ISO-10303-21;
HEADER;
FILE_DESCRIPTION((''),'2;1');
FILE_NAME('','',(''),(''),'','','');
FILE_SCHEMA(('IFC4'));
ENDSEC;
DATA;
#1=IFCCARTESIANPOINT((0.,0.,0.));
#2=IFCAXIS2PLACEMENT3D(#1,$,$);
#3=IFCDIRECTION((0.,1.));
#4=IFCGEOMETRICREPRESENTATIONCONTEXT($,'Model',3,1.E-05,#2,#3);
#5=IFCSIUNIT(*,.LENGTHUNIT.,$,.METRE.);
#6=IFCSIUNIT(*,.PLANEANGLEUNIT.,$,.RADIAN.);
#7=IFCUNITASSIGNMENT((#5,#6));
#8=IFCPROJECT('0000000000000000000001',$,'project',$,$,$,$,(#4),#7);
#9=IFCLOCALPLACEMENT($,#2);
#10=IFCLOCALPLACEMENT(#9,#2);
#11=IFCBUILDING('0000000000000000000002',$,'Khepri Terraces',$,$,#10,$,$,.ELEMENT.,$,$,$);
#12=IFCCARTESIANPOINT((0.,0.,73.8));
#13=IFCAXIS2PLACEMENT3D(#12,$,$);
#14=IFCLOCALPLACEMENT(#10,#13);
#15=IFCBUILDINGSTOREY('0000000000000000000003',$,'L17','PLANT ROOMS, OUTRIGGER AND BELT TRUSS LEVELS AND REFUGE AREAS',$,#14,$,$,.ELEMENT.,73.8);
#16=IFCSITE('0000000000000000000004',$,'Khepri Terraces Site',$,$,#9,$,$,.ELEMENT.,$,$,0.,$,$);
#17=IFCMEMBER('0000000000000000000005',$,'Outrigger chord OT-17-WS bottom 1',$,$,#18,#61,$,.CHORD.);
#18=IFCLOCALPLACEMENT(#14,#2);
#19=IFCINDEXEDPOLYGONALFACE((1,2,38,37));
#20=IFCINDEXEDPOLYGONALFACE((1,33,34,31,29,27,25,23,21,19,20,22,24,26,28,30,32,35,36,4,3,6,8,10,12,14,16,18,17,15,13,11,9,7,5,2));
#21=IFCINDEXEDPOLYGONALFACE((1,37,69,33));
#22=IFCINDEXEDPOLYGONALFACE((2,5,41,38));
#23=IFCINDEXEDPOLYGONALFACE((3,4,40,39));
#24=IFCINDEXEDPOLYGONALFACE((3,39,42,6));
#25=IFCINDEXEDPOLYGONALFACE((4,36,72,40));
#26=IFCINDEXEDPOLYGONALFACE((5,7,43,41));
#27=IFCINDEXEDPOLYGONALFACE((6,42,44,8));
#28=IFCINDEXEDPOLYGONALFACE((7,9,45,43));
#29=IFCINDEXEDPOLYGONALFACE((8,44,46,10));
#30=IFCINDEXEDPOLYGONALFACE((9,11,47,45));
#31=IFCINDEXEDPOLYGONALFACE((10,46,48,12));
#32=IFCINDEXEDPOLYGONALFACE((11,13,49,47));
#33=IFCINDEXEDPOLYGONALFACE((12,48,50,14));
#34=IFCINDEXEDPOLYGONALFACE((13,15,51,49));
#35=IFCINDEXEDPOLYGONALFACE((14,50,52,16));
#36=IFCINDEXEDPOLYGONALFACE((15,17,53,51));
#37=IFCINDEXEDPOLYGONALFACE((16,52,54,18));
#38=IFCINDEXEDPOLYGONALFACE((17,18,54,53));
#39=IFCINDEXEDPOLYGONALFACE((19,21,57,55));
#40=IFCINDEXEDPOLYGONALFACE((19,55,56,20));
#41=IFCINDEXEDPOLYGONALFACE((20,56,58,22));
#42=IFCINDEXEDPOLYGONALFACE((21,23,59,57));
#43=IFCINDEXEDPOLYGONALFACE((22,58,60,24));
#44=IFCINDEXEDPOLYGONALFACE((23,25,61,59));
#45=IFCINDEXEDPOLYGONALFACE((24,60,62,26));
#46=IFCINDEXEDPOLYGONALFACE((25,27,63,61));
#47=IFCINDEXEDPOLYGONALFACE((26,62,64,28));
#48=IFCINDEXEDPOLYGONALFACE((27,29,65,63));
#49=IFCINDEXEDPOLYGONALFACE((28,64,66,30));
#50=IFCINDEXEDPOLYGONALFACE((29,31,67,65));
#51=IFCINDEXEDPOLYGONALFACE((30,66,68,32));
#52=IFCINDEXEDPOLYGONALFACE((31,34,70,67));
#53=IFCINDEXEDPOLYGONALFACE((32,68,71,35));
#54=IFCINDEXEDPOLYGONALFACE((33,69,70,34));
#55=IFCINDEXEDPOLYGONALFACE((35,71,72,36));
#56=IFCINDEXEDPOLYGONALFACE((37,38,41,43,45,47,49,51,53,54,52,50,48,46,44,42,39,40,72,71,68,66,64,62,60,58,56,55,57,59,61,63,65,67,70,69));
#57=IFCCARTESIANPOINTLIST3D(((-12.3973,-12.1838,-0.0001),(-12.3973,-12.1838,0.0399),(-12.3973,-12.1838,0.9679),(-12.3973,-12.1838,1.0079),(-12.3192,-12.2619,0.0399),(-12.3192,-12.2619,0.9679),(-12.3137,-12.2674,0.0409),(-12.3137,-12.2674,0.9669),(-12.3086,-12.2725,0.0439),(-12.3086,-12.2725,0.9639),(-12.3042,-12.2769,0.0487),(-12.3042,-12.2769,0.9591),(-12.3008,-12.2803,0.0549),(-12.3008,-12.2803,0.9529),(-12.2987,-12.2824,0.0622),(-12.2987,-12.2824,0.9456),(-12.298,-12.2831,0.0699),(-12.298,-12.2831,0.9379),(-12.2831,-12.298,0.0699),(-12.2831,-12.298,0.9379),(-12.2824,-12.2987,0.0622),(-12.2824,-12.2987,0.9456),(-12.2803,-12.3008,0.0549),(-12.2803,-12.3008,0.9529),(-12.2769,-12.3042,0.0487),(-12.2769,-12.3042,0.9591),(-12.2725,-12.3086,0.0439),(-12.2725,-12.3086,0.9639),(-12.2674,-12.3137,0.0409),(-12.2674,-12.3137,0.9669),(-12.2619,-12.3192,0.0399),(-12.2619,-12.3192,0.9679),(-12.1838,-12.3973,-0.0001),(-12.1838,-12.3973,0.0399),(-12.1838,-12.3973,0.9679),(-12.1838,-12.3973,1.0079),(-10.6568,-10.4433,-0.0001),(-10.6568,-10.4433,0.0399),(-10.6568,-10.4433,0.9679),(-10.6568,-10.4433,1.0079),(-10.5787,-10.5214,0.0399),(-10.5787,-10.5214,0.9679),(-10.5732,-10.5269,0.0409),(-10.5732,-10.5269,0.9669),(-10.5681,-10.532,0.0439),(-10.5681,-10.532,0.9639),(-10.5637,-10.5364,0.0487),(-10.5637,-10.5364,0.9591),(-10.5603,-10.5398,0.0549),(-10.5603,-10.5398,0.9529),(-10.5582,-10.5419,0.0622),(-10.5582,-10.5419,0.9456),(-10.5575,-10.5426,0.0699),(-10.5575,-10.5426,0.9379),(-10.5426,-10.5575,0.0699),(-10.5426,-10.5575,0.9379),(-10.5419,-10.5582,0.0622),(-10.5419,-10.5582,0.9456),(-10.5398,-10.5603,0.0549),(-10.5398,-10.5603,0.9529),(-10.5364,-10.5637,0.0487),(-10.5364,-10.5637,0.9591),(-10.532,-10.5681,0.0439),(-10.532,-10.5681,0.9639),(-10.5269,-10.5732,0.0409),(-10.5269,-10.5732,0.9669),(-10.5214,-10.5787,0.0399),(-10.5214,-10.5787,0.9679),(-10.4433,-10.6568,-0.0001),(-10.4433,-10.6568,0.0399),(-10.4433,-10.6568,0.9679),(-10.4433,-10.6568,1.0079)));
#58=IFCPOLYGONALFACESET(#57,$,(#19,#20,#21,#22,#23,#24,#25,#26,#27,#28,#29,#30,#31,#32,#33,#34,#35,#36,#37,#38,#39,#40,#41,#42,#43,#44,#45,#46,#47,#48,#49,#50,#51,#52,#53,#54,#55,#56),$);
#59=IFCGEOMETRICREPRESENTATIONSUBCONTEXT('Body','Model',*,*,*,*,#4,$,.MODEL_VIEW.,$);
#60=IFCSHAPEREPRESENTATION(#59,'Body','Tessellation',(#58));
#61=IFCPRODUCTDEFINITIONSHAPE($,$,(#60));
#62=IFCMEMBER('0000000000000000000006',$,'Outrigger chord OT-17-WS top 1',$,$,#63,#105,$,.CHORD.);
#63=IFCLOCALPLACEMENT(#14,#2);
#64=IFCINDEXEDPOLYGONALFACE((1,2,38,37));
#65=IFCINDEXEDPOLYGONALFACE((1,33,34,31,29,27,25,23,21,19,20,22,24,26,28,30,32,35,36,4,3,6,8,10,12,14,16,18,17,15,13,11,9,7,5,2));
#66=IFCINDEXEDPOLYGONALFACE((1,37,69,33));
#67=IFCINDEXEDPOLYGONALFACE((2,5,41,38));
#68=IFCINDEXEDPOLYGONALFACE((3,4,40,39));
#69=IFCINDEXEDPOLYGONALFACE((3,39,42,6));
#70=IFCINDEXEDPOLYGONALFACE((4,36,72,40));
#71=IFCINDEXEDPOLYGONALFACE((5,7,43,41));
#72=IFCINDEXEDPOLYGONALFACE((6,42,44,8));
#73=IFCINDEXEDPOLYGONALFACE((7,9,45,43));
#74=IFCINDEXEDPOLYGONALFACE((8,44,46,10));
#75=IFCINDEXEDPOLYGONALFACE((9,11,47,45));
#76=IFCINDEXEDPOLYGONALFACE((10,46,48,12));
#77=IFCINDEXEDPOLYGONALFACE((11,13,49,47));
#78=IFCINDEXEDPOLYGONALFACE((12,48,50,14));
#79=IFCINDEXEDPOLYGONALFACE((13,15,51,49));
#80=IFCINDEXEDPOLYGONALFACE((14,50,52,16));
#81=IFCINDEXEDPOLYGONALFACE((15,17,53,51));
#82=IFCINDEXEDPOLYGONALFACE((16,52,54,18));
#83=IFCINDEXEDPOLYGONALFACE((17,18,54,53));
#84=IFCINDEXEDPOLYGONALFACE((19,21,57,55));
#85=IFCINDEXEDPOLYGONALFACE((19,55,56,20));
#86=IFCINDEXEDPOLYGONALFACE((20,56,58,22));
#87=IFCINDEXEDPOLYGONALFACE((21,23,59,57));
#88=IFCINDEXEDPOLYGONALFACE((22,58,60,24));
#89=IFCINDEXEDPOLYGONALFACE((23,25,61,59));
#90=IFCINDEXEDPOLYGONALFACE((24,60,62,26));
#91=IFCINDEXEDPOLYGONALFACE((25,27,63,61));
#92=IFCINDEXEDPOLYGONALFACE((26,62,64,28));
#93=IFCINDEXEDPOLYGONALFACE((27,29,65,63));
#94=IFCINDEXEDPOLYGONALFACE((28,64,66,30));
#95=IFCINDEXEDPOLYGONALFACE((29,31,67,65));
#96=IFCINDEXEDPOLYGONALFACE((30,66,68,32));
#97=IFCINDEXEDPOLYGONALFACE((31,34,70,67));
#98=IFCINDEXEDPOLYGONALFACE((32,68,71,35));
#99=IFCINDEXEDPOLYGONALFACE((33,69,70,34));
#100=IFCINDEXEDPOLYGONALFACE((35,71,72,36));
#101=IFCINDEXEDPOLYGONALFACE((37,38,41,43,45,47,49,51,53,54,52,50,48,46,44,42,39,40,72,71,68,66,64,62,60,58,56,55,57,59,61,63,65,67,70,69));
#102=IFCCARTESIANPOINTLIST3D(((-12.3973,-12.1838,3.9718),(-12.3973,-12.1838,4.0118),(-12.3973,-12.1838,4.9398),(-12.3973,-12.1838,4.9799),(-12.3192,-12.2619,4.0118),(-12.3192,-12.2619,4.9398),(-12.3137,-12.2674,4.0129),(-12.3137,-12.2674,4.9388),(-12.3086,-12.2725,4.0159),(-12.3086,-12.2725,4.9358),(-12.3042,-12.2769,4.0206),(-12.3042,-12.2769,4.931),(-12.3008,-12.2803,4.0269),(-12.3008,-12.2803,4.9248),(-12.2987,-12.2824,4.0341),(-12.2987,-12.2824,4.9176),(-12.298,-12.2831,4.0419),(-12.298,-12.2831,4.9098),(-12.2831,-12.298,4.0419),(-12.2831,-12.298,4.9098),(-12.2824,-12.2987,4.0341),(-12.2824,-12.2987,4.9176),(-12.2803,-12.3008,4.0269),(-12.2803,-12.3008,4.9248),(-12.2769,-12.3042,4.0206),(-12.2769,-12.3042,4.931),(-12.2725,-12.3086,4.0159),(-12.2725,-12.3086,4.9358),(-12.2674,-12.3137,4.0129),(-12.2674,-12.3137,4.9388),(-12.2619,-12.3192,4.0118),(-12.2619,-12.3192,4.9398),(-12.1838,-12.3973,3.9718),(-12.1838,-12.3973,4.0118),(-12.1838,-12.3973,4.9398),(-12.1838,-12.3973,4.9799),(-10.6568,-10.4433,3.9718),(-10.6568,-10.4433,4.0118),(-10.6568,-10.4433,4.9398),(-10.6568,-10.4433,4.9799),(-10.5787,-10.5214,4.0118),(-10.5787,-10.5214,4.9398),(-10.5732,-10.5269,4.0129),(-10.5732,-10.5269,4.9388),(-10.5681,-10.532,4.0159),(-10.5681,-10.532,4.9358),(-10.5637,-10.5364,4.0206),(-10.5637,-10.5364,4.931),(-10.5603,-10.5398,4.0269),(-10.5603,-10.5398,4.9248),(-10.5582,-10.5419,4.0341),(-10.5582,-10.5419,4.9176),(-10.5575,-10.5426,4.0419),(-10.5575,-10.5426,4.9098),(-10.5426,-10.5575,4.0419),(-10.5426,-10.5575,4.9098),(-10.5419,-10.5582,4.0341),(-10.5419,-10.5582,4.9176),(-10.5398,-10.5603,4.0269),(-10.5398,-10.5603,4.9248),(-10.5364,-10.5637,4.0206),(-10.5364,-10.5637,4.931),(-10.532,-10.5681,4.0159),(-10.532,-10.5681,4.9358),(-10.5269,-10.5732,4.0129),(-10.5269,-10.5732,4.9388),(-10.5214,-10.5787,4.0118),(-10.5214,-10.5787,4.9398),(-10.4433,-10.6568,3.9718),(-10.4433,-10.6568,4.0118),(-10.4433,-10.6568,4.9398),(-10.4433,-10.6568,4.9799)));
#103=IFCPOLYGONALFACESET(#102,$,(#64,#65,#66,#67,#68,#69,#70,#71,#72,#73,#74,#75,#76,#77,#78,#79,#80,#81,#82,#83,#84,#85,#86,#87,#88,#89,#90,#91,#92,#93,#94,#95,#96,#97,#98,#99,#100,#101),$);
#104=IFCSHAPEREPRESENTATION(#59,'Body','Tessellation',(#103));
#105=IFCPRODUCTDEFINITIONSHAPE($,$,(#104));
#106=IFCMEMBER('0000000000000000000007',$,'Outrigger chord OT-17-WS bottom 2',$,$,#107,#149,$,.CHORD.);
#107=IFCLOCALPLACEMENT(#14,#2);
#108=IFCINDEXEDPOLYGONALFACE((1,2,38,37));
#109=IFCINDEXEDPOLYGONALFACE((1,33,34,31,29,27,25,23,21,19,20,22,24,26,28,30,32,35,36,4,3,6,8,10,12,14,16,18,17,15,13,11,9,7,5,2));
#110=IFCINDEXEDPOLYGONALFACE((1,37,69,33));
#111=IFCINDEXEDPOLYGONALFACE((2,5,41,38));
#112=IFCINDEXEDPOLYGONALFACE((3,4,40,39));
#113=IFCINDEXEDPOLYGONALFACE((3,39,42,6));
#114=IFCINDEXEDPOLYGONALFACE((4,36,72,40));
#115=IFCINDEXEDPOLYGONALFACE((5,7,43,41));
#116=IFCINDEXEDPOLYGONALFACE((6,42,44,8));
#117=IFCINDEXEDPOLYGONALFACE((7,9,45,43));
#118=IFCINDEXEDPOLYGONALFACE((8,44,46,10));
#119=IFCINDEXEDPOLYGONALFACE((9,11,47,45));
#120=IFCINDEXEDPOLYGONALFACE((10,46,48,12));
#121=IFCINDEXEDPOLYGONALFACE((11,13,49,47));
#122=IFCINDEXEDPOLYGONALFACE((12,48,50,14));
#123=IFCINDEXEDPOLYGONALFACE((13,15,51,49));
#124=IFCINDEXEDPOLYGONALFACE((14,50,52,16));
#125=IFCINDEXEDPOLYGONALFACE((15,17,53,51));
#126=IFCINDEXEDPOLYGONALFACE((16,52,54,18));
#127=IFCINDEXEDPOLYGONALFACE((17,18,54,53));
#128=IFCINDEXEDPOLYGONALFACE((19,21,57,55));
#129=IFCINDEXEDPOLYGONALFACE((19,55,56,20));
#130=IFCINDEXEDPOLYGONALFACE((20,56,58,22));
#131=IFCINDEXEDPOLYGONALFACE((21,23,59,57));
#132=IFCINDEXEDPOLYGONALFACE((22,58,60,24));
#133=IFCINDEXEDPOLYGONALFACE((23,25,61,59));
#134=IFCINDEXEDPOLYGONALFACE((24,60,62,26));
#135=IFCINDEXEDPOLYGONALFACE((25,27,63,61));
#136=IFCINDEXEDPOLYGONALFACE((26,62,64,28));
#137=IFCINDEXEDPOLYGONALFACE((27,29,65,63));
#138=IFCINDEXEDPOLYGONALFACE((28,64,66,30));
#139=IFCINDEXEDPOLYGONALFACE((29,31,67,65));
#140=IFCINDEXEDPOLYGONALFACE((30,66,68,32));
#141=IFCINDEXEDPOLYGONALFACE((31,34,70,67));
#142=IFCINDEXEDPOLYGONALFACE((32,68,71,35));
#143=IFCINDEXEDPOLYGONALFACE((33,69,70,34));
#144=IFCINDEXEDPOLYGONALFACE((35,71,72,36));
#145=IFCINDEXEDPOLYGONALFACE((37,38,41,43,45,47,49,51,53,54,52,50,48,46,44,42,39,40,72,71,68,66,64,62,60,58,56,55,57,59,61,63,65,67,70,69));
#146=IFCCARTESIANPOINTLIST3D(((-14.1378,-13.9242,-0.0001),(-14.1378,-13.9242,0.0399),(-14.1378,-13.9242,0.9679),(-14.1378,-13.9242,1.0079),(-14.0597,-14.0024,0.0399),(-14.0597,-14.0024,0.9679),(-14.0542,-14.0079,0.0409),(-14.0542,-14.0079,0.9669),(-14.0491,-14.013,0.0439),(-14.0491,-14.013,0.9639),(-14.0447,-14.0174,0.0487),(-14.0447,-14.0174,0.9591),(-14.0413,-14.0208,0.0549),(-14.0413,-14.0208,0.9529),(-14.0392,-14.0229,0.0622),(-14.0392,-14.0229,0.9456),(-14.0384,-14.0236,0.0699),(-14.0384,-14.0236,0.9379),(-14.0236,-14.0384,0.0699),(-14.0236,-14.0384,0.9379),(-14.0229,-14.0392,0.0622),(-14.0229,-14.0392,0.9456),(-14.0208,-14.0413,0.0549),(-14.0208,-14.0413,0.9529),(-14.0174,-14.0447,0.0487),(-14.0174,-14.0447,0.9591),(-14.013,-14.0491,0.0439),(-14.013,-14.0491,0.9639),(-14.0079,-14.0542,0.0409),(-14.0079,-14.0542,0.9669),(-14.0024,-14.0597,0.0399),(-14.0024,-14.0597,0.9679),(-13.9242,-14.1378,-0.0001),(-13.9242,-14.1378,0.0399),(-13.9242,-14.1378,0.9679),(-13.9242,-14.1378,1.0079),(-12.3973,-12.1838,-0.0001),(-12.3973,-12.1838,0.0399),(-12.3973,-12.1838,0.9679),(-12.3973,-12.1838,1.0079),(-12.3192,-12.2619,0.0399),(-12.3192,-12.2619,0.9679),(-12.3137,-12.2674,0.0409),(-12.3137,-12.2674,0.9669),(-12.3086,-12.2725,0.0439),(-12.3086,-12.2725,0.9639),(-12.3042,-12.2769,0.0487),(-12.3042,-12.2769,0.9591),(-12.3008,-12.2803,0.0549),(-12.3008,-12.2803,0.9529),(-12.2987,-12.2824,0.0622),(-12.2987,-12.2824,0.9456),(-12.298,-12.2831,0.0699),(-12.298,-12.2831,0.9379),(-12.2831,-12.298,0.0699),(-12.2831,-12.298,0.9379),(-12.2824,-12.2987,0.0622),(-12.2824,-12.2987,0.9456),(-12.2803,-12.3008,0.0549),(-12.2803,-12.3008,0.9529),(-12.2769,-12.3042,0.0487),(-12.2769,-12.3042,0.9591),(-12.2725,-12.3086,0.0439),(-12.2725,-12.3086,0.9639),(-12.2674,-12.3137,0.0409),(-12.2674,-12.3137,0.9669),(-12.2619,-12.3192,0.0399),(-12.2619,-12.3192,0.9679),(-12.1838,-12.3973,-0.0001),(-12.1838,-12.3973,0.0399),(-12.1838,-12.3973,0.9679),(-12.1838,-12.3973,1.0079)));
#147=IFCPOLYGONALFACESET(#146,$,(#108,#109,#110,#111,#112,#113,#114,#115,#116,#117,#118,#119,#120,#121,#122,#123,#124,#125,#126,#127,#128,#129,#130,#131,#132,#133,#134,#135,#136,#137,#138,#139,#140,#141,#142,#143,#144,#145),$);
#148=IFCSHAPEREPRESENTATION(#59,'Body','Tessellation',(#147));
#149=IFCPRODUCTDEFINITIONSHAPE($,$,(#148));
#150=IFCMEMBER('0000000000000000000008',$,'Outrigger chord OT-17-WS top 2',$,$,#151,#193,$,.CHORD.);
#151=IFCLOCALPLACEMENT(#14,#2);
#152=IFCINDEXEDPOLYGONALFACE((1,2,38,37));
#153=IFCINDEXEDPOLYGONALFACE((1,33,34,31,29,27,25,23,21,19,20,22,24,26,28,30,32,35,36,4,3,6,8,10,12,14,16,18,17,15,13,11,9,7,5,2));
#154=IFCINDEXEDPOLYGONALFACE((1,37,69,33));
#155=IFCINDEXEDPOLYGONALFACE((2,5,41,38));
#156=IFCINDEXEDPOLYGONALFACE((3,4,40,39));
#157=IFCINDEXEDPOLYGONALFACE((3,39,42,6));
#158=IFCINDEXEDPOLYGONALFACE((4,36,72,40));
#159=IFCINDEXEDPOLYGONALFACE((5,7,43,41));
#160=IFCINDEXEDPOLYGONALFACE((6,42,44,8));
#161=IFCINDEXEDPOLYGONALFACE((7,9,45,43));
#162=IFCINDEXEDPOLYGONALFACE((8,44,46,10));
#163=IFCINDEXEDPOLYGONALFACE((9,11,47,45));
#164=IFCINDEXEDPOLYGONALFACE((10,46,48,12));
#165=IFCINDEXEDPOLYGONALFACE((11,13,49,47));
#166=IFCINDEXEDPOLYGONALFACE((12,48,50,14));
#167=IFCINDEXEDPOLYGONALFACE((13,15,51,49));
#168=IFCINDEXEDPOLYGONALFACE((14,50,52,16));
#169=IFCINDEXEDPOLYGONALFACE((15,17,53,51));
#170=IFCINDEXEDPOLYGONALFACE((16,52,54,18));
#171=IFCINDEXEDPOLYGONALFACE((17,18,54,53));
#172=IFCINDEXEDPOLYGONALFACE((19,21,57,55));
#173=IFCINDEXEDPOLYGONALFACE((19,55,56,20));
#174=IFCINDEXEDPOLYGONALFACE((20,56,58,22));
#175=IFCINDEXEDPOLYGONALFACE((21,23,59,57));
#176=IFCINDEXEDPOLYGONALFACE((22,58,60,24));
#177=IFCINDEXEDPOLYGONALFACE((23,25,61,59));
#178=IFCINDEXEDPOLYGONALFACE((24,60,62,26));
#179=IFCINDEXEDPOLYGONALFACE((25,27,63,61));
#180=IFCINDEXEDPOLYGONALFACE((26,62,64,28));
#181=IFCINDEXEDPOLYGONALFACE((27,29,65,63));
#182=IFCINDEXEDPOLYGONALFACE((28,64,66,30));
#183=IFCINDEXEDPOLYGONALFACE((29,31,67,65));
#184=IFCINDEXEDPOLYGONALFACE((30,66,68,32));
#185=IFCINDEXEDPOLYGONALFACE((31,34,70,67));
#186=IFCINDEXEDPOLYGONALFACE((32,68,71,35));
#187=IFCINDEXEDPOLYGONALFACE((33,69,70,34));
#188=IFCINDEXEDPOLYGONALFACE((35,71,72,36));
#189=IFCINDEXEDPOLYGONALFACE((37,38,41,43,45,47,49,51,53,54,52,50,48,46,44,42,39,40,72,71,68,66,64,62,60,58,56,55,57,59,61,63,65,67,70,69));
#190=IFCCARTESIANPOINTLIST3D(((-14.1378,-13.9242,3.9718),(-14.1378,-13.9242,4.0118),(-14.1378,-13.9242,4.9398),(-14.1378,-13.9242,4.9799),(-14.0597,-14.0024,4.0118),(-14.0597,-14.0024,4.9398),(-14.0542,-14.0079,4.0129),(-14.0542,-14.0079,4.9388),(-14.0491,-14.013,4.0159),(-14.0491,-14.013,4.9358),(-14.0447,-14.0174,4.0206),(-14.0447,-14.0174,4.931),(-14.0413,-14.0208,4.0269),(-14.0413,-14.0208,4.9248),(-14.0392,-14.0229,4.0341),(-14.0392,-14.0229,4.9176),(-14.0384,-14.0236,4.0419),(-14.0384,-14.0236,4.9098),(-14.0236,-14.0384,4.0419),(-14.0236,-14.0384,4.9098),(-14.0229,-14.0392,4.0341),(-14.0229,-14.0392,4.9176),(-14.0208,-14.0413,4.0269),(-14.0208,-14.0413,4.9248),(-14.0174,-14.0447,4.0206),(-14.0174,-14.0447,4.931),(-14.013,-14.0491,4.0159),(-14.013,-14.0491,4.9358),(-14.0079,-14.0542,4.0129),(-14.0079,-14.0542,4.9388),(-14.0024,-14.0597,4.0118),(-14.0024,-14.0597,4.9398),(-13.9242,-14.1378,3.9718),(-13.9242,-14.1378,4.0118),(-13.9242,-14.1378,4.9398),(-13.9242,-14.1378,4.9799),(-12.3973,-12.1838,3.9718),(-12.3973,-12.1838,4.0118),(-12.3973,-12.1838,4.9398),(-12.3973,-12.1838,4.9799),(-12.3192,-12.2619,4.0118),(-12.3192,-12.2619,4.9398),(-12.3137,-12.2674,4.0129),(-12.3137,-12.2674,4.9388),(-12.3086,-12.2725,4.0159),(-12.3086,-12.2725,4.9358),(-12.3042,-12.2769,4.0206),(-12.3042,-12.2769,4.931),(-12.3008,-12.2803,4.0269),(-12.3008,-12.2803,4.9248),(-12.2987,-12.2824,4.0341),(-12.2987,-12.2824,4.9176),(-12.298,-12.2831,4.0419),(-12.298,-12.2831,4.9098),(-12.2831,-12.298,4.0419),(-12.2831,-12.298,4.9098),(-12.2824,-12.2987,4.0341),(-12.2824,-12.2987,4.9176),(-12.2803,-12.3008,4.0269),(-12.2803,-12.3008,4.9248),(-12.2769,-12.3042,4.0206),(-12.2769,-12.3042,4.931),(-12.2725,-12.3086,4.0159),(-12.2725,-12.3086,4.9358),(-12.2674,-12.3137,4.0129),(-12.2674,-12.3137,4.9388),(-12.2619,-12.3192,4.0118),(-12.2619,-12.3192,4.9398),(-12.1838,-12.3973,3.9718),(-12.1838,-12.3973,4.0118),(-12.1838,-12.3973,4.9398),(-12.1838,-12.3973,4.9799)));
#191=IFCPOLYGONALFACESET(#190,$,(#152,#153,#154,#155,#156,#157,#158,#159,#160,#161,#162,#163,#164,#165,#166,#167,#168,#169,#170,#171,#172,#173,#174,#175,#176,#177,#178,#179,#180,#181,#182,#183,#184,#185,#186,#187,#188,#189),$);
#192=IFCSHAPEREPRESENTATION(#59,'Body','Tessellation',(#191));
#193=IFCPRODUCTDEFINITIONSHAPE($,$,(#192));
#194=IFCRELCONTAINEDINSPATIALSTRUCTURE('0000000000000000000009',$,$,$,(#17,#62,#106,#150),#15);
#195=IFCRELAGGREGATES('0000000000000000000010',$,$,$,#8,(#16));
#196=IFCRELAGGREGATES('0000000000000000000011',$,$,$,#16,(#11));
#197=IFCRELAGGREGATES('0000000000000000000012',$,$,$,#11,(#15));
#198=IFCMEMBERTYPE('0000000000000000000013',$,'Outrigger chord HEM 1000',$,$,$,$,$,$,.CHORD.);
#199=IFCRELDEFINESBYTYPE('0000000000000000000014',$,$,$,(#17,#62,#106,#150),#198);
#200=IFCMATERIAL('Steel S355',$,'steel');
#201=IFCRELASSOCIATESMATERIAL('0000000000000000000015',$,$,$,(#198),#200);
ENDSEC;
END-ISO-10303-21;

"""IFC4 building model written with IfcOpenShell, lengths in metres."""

from ifc_helpers import new_model, si_unit, direction, frame, origin, origin_2d, place, context, subcontext, project, spatial, i_section, extrude, material, material_profile, profile_set, type_object, element, save


model = new_model("IFC4")

# Units and contexts
model_context = context("Model", 3, precision=1e-05, world=origin(), true_north=direction((0.0, 1.0)))
body_context = subcontext(model_context, "Body", "Model", "MODEL_VIEW")
ifc_project = project(units=[si_unit("LENGTHUNIT", "METRE"), si_unit("PLANEANGLEUNIT", "RADIAN")], contexts=[model_context])

# Site, building, storey
site_placement = place(None, origin())
site = spatial("IfcSite", under=ifc_project, at=site_placement, Name="Khepri Terraces Site", CompositionType="ELEMENT", RefElevation=0.0)
building_placement = place(site_placement, origin())
building = spatial("IfcBuilding", under=site, at=building_placement, Name="Khepri Terraces", CompositionType="ELEMENT")
storey_placement = place(building_placement, frame((0.0, 0.0, 73.8)))
storey = spatial("IfcBuildingStorey", under=building, at=storey_placement, Name="L17", Description="PLANT ROOMS, OUTRIGGER AND BELT TRUSS LEVELS AND REFUGE AREAS", CompositionType="ELEMENT", Elevation=73.8)

# Members
ifc_material_1 = material(Name="Steel S355", Category="steel")
ifc_material_profile_1 = material_profile(ifc_material_1, i_section(OverallWidth=0.302, OverallDepth=1.0081, WebThickness=0.021, FlangeThickness=0.04, FilletRadius=0.03, at=origin_2d()), Name="Steel S355", Category="steel")
ifc_profile_set_1 = profile_set([ifc_material_profile_1], Name="Steel S355")
member_type_1 = type_object("IfcMemberType", Name="Outrigger chord HEM 1000", PredefinedType="CHORD", material=ifc_profile_set_1)
for number, where, z_axis, x_axis, name in (
    (1, (-10.55, -10.55, 0.5039), (-0.707107, -0.707107, 0.0), (0.707107, -0.707107, 0.0), "Outrigger chord OT-17-WS bottom 1"),
    (2, (-10.55, -10.55, 4.4758), (-0.707107, -0.707107, 0.0), (0.707107, -0.707107, 0.0), "Outrigger chord OT-17-WS top 1"),
    (3, (-12.2905, -12.2905, 0.5039), (-0.707107, -0.707107, 0.0), (0.707107, -0.707107, 0.0), "Outrigger chord OT-17-WS bottom 2"),
    (4, (-12.2905, -12.2905, 4.4758), (-0.707107, -0.707107, 0.0), (0.707107, -0.707107, 0.0), "Outrigger chord OT-17-WS top 2"),
):
    element("IfcMember", number, at=place(storey_placement, frame(where, z_axis=z_axis, x_axis=x_axis)), inside=storey, type_object=member_type_1, Name=name, PredefinedType="CHORD", context=body_context, shape_type="SweptSolid", body=[
        extrude(i_section(OverallWidth=0.302, OverallDepth=1.0081, WebThickness=0.021, FlangeThickness=0.04, FilletRadius=0.03, at=origin_2d()), origin(), (0.0, 0.0, 1.0), 2.4614),
    ])

save(model, "model.ifc")
